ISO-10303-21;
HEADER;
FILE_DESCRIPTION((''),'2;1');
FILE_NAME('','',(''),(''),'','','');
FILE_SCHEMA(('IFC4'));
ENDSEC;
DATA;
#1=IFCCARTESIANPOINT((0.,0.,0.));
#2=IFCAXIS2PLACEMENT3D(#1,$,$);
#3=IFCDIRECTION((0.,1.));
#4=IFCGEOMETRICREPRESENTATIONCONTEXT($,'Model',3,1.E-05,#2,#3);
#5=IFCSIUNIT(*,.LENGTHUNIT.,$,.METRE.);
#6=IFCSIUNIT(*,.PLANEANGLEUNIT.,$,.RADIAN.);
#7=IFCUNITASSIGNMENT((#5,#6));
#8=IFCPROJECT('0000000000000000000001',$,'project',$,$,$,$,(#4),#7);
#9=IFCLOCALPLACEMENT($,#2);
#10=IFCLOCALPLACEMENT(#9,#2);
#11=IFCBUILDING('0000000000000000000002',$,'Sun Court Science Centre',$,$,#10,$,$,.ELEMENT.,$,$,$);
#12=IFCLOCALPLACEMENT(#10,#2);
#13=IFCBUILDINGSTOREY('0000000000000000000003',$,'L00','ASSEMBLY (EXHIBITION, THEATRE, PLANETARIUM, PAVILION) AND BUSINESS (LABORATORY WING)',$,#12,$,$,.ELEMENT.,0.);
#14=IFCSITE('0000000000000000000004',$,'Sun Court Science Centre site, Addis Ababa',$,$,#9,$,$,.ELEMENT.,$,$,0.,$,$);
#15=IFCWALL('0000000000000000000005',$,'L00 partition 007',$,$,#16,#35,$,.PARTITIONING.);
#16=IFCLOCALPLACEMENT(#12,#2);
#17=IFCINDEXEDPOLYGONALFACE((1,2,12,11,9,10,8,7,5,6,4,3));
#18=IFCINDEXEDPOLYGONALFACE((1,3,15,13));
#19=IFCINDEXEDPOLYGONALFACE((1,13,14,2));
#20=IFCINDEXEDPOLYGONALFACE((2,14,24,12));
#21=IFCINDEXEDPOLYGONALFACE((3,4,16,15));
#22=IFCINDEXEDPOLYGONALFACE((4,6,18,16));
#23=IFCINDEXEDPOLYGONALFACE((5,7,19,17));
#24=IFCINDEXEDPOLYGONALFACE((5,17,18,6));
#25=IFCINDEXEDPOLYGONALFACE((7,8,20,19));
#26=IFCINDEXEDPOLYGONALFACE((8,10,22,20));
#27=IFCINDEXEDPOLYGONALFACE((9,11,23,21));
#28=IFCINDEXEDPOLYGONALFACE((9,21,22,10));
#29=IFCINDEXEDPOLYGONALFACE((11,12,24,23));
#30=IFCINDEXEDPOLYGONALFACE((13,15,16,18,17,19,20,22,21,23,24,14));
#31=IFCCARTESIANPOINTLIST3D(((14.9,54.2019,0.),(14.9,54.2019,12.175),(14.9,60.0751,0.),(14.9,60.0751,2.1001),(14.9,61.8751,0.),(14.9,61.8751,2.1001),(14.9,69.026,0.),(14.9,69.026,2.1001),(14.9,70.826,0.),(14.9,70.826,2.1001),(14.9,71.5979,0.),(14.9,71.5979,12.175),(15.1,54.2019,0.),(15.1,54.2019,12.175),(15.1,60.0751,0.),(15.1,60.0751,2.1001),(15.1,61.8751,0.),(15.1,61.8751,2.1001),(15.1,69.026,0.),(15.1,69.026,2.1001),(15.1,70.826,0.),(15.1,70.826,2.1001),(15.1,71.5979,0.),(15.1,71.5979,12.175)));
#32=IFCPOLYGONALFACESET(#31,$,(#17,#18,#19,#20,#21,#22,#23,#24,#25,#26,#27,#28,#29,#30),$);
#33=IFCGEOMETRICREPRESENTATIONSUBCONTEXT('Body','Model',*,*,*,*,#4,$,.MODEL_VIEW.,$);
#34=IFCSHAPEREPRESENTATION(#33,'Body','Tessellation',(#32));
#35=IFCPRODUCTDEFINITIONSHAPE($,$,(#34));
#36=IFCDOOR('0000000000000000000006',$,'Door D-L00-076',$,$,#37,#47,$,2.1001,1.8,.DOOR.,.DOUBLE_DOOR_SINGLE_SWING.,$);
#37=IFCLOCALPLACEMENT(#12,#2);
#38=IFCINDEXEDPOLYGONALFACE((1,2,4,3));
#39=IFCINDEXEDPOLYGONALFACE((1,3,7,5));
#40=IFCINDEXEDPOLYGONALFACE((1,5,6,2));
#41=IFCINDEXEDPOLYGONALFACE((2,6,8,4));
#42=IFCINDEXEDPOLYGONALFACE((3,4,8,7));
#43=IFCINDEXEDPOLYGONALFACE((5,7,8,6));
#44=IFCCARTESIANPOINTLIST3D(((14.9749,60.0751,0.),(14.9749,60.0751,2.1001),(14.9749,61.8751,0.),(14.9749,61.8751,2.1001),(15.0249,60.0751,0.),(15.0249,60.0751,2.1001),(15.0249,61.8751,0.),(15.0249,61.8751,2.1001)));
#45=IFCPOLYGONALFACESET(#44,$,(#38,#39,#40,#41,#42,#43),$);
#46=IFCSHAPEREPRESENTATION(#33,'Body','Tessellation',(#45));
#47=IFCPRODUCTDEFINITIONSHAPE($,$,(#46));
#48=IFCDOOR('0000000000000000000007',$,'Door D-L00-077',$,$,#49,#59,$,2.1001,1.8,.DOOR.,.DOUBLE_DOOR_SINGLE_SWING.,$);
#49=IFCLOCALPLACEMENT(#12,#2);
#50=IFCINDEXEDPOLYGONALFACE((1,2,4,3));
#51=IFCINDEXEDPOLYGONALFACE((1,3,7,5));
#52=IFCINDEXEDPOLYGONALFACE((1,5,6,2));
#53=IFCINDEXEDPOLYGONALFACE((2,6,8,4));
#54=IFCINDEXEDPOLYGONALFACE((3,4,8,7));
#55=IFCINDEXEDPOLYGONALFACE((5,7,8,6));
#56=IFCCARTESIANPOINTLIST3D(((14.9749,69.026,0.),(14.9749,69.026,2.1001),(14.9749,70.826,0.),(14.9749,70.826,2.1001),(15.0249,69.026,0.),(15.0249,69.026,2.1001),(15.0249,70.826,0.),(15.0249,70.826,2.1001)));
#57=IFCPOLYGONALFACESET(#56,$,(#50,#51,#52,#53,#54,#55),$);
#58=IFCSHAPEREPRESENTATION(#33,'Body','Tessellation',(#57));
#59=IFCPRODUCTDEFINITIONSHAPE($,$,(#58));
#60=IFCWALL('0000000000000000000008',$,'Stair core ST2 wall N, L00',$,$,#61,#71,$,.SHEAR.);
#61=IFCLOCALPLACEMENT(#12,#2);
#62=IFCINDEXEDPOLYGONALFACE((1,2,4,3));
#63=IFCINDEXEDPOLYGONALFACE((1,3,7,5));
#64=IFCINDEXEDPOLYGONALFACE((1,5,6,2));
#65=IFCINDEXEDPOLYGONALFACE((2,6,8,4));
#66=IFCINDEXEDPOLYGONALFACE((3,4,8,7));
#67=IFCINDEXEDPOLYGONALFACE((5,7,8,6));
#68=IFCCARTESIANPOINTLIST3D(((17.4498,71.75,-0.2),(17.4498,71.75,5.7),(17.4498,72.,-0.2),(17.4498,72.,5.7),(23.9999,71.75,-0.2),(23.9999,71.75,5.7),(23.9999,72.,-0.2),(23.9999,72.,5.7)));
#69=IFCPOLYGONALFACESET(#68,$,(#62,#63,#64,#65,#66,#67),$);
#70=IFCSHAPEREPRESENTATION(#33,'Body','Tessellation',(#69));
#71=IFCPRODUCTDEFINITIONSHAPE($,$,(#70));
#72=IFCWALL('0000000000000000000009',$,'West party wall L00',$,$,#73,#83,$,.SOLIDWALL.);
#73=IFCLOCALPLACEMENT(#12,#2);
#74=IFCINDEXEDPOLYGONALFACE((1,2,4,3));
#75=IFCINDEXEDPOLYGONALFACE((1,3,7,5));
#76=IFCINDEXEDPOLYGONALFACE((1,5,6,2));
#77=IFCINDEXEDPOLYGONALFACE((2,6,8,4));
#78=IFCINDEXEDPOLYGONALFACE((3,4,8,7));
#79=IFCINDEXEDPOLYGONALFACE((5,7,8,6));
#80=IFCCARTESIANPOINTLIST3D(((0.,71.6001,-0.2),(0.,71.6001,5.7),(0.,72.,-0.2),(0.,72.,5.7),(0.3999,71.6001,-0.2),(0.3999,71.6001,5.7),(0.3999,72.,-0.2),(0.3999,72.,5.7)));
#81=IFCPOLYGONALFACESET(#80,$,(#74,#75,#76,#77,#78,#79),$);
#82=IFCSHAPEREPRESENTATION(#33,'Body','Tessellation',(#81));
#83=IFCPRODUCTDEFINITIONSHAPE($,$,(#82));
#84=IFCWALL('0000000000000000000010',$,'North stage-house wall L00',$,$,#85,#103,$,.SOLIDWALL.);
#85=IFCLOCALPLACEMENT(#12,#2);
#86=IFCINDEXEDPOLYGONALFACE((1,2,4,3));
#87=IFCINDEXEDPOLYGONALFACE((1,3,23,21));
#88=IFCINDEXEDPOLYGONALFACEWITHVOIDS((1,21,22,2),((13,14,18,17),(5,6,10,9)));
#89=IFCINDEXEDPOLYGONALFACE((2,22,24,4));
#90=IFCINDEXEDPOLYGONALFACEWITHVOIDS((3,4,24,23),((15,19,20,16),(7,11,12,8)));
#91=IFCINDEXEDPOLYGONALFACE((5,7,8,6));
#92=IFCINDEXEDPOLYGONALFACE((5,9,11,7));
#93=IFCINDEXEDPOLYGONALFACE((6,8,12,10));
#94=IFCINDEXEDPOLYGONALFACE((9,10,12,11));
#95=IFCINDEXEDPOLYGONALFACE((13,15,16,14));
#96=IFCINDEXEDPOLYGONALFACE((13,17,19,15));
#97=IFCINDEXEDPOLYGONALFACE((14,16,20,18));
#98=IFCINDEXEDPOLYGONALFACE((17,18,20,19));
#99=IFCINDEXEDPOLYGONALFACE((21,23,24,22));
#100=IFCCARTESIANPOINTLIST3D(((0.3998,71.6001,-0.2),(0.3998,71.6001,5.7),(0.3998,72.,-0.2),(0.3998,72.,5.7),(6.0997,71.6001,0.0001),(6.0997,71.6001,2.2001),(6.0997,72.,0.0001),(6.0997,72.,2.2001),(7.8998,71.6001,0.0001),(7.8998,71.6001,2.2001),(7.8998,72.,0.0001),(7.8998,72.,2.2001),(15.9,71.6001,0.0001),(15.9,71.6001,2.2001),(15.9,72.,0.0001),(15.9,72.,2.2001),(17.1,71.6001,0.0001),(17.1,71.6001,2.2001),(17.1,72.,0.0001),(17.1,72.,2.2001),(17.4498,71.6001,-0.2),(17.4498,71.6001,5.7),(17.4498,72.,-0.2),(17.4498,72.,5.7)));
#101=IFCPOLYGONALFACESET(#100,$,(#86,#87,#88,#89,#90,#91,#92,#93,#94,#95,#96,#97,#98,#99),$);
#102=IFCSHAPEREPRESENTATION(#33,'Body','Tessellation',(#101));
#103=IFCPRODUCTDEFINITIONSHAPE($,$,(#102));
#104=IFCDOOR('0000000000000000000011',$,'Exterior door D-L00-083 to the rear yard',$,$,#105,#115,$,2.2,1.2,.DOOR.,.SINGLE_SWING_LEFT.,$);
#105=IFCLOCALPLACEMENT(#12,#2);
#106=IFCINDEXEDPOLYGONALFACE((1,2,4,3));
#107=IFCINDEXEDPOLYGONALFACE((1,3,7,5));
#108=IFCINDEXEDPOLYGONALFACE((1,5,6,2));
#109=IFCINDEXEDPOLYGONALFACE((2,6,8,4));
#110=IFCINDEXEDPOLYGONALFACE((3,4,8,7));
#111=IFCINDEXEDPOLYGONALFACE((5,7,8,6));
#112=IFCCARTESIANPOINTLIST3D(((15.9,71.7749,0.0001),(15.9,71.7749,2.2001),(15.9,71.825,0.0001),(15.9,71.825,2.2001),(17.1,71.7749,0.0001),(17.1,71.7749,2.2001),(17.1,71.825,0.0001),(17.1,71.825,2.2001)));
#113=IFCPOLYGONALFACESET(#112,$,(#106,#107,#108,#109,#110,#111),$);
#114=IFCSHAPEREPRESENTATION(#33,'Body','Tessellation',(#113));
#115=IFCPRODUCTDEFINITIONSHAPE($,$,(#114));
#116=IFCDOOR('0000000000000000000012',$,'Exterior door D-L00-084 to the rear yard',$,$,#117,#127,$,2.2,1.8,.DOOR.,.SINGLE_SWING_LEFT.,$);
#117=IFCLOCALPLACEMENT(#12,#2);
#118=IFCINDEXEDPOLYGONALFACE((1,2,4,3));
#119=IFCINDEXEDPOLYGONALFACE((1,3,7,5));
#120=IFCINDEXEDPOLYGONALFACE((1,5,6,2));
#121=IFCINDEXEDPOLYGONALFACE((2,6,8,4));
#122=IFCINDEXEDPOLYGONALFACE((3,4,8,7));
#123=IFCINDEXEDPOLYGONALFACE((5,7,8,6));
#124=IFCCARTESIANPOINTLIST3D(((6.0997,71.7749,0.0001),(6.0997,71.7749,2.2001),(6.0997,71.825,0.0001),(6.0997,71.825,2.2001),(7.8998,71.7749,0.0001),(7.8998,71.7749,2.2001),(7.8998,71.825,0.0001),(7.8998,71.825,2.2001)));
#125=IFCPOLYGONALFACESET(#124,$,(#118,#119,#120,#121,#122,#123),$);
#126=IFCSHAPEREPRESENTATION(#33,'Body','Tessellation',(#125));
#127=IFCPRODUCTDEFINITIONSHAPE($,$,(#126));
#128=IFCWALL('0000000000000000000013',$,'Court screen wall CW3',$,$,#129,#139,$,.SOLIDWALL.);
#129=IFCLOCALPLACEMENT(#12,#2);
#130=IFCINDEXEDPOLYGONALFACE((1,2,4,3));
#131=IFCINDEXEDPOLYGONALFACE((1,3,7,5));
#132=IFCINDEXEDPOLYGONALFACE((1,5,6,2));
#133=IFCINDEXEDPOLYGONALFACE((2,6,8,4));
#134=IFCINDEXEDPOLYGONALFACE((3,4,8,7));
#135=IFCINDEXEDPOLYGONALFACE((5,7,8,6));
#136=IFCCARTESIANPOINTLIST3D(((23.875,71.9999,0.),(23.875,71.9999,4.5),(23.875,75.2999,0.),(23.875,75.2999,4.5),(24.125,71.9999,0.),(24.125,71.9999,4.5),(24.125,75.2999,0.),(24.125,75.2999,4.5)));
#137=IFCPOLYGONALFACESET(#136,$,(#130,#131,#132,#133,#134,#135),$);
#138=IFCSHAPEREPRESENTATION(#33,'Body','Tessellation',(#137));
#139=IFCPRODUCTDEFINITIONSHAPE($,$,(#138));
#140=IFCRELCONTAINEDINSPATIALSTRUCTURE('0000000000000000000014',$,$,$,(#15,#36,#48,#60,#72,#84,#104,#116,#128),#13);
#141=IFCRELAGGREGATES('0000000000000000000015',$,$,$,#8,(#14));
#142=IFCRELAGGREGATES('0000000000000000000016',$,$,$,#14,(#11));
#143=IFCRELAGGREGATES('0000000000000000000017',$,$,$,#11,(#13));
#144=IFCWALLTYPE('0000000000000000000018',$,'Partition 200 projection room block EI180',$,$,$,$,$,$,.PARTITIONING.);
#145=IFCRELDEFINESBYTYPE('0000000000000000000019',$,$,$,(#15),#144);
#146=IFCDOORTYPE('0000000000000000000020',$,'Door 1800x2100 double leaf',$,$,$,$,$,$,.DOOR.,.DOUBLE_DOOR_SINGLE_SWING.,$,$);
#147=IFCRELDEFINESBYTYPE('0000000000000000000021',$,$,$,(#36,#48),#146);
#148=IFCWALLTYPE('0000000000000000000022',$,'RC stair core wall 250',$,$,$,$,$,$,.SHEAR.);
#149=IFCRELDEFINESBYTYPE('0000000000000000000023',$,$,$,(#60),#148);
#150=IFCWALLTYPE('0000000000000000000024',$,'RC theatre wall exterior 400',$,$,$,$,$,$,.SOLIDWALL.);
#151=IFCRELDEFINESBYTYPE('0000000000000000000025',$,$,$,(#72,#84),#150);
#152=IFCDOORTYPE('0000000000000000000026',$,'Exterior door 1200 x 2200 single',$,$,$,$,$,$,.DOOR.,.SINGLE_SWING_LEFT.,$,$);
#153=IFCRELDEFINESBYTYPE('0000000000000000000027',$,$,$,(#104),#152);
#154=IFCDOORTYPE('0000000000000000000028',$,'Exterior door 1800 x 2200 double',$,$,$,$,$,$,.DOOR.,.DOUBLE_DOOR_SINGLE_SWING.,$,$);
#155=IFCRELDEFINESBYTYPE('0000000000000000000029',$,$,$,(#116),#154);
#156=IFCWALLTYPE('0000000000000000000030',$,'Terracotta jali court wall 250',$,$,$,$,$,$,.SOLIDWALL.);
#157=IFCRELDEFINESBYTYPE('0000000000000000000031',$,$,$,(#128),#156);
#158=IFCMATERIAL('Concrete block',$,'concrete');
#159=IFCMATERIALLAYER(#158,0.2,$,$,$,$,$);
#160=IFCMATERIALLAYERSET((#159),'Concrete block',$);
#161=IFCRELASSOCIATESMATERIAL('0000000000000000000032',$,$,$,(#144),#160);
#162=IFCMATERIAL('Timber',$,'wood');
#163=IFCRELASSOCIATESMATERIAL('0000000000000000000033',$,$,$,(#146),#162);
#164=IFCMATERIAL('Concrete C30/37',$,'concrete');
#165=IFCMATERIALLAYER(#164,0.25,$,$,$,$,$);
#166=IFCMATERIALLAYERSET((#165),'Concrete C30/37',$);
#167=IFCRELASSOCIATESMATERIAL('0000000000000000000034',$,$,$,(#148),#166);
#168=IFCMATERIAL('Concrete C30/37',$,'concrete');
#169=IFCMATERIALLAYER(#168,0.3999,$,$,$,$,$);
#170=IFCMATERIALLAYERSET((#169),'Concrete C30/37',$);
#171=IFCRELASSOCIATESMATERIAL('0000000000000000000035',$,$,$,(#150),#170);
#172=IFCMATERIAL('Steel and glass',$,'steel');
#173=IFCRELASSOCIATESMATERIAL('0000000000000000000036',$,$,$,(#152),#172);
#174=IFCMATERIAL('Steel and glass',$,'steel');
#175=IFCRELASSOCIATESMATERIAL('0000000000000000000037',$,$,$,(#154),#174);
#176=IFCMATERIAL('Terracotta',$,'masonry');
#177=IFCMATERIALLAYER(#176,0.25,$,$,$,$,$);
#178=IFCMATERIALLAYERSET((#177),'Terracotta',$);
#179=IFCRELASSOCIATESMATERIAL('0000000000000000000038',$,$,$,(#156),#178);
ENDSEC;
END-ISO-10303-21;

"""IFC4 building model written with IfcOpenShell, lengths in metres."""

from ifc_helpers import new_model, si_unit, direction, frame, frame_2d, origin, place, context, subcontext, project, spatial, rectangle, extrude, material, layer, layer_set, type_object, element, fill, save


model = new_model("IFC4")

# Units and contexts
model_context = context("Model", 3, precision=1e-05, world=origin(), true_north=direction((0.0, 1.0)))
body_context = subcontext(model_context, "Body", "Model", "MODEL_VIEW")
ifc_project = project(units=[si_unit("LENGTHUNIT", "METRE"), si_unit("PLANEANGLEUNIT", "RADIAN")], contexts=[model_context])

# Site, building, storey
site_placement = place(None, origin())
site = spatial("IfcSite", under=ifc_project, at=site_placement, Name="Sun Court Science Centre site, Addis Ababa", CompositionType="ELEMENT", RefElevation=0.0)
building_placement = place(site_placement, origin())
building = spatial("IfcBuilding", under=site, at=building_placement, Name="Sun Court Science Centre", CompositionType="ELEMENT")
storey_placement = place(building_placement, origin())
storey = spatial("IfcBuildingStorey", under=building, at=storey_placement, Name="L00", Description="ASSEMBLY (EXHIBITION, THEATRE, PLANETARIUM, PAVILION) AND BUSINESS (LABORATORY WING)", CompositionType="ELEMENT", Elevation=0.0)

# Wall, openings, doors
ifc_material_1 = material(Name="Concrete block", Category="concrete")
ifc_layer_1 = layer(ifc_material_1, 0.2)
ifc_layer_set_1 = layer_set([ifc_layer_1], Name="Concrete block")
wall_type_1 = type_object("IfcWallType", Name="Partition 200 projection room block EI180", PredefinedType="PARTITIONING", material=ifc_layer_set_1)
wall_1_placement = place(storey_placement, frame((15.0, 71.5979, 0.0), z_axis=(0.0, 0.0, 1.0), x_axis=(0.0, -1.0, 0.0)))
wall_1 = element("IfcWall", 1, at=wall_1_placement, inside=storey, type_object=wall_type_1, Name="L00 partition 007", PredefinedType="PARTITIONING", context=body_context, shape_type="SweptSolid", body=[
    extrude(rectangle(XDim=17.396, YDim=0.2, at=frame_2d((8.698, 0.0))), origin(), (0.0, 0.0, 1.0), 12.175),
])
opening_1_placement = place(wall_1_placement, frame((9.7229, 0.0, 0.0)))
opening_1 = element("IfcOpeningElement", 2, at=opening_1_placement, cuts=wall_1, PredefinedType="OPENING", context=body_context, shape_type="SweptSolid", body=[
    extrude(rectangle(XDim=1.8, YDim=2.1001, at=frame_2d((0.8999, 1.05))), frame((0.0, 0.1099, 0.0), z_axis=(0.0, -1.0, 0.0), x_axis=(1.0, 0.0, 0.0)), (0.0, 0.0, 1.0), 0.22),
])
opening_2_placement = place(wall_1_placement, frame((0.772, 0.0, 0.0)))
opening_2 = element("IfcOpeningElement", 3, at=opening_2_placement, cuts=wall_1, PredefinedType="OPENING", context=body_context, shape_type="SweptSolid", body=[
    extrude(rectangle(XDim=1.8, YDim=2.1001, at=frame_2d((0.8999, 1.05))), frame((0.0, 0.1099, 0.0), z_axis=(0.0, -1.0, 0.0), x_axis=(1.0, 0.0, 0.0)), (0.0, 0.0, 1.0), 0.22),
])
ifc_material_2 = material(Name="Timber", Category="wood")
door_type_1 = type_object("IfcDoorType", Name="Door 1800x2100 double leaf", OperationType="DOUBLE_DOOR_SINGLE_SWING", PredefinedType="DOOR", material=ifc_material_2)
door_1_placement = place(opening_1_placement, origin())
door_1 = element("IfcDoor", 4, at=door_1_placement, inside=storey, type_object=door_type_1, Name="Door D-L00-076", OperationType="DOUBLE_DOOR_SINGLE_SWING", OverallHeight=2.1001, OverallWidth=1.8, PredefinedType="DOOR", context=body_context, shape_type="SweptSolid", body=[
    extrude(rectangle(XDim=1.8, YDim=2.1001, at=frame_2d((0.8999, 1.05))), frame((0.0, 0.0249, 0.0), z_axis=(0.0, -1.0, 0.0), x_axis=(1.0, 0.0, 0.0)), (0.0, 0.0, 1.0), 0.05),
])
fill(opening_1, door_1)
door_2_placement = place(opening_2_placement, origin())
door_2 = element("IfcDoor", 5, at=door_2_placement, inside=storey, type_object=door_type_1, Name="Door D-L00-077", OperationType="DOUBLE_DOOR_SINGLE_SWING", OverallHeight=2.1001, OverallWidth=1.8, PredefinedType="DOOR", context=body_context, shape_type="SweptSolid", body=[
    extrude(rectangle(XDim=1.8, YDim=2.1001, at=frame_2d((0.8999, 1.05))), frame((0.0, 0.0249, 0.0), z_axis=(0.0, -1.0, 0.0), x_axis=(1.0, 0.0, 0.0)), (0.0, 0.0, 1.0), 0.05),
])
fill(opening_2, door_2)

# Walls
ifc_material_3 = material(Name="Concrete C30/37", Category="concrete")
ifc_layer_2 = layer(ifc_material_3, 0.25)
ifc_layer_set_2 = layer_set([ifc_layer_2], Name="Concrete C30/37")
wall_type_2 = type_object("IfcWallType", Name="RC stair core wall 250", PredefinedType="SHEAR", material=ifc_layer_set_2)
wall_2_placement = place(storey_placement, frame((17.45, 71.875, -0.2), z_axis=(0.0, 0.0, 1.0), x_axis=(1.0, 0.0, 0.0)))
element("IfcWall", 6, at=wall_2_placement, inside=storey, type_object=wall_type_2, Name="Stair core ST2 wall N, L00", PredefinedType="SHEAR", context=body_context, shape_type="SweptSolid", body=[
    extrude(rectangle(XDim=6.55, YDim=0.25, at=frame_2d((3.2749, 0.0))), origin(), (0.0, 0.0, 1.0), 5.8999),
])
ifc_material_4 = material(Name="Concrete C30/37", Category="concrete")
ifc_layer_3 = layer(ifc_material_4, 0.3999)
ifc_layer_set_3 = layer_set([ifc_layer_3], Name="Concrete C30/37")
wall_type_3 = type_object("IfcWallType", Name="RC theatre wall exterior 400", PredefinedType="SOLIDWALL", material=ifc_layer_set_3)
wall_3_placement = place(storey_placement, frame((0.2, 71.6001, -0.2), z_axis=(0.0, 0.0, 1.0), x_axis=(0.0, 1.0, 0.0)))
element("IfcWall", 7, at=wall_3_placement, inside=storey, type_object=wall_type_3, Name="West party wall L00", PredefinedType="SOLIDWALL", context=body_context, shape_type="SweptSolid", body=[
    extrude(rectangle(XDim=0.3999, YDim=0.3999, at=frame_2d((0.2, 0.0))), origin(), (0.0, 0.0, 1.0), 5.8999),
])

# Wall, openings, doors
wall_4_placement = place(storey_placement, frame((0.3999, 71.8, -0.2), z_axis=(0.0, 0.0, 1.0), x_axis=(1.0, 0.0, 0.0)))
wall_4 = element("IfcWall", 8, at=wall_4_placement, inside=storey, type_object=wall_type_3, Name="North stage-house wall L00", PredefinedType="SOLIDWALL", context=body_context, shape_type="SweptSolid", body=[
    extrude(rectangle(XDim=17.05, YDim=0.3999, at=frame_2d((8.5249, 0.0))), origin(), (0.0, 0.0, 1.0), 5.8999),
])
opening_3_placement = place(wall_4_placement, frame((15.5, 0.0, 0.2)))
opening_3 = element("IfcOpeningElement", 9, at=opening_3_placement, cuts=wall_4, PredefinedType="OPENING", context=body_context, shape_type="SweptSolid", body=[
    extrude(rectangle(XDim=1.2, YDim=2.2, at=frame_2d((0.6001, 1.1001))), frame((0.0, 0.21, 0.0), z_axis=(0.0, -1.0, 0.0), x_axis=(1.0, 0.0, 0.0)), (0.0, 0.0, 1.0), 0.4199),
])
opening_4_placement = place(wall_4_placement, frame((5.7, 0.0, 0.2)))
opening_4 = element("IfcOpeningElement", 10, at=opening_4_placement, cuts=wall_4, PredefinedType="OPENING", context=body_context, shape_type="SweptSolid", body=[
    extrude(rectangle(XDim=1.8, YDim=2.2, at=frame_2d((0.8999, 1.1001))), frame((0.0, 0.21, 0.0), z_axis=(0.0, -1.0, 0.0), x_axis=(1.0, 0.0, 0.0)), (0.0, 0.0, 1.0), 0.4199),
])
ifc_material_5 = material(Name="Steel and glass", Category="steel")
door_type_2 = type_object("IfcDoorType", Name="Exterior door 1200 x 2200 single", OperationType="SINGLE_SWING_LEFT", PredefinedType="DOOR", material=ifc_material_5)
door_3_placement = place(opening_3_placement, origin())
door_3 = element("IfcDoor", 11, at=door_3_placement, inside=storey, type_object=door_type_2, Name="Exterior door D-L00-083 to the rear yard", OperationType="SINGLE_SWING_LEFT", OverallHeight=2.2, OverallWidth=1.2, PredefinedType="DOOR", context=body_context, shape_type="SweptSolid", body=[
    extrude(rectangle(XDim=1.2, YDim=2.2, at=frame_2d((0.6001, 1.1001))), frame((0.0, 0.0249, 0.0), z_axis=(0.0, -1.0, 0.0), x_axis=(1.0, 0.0, 0.0)), (0.0, 0.0, 1.0), 0.05),
])
fill(opening_3, door_3)
ifc_material_6 = material(Name="Steel and glass", Category="steel")
door_type_3 = type_object("IfcDoorType", Name="Exterior door 1800 x 2200 double", OperationType="DOUBLE_DOOR_SINGLE_SWING", PredefinedType="DOOR", material=ifc_material_6)
door_4_placement = place(opening_4_placement, origin())
door_4 = element("IfcDoor", 12, at=door_4_placement, inside=storey, type_object=door_type_3, Name="Exterior door D-L00-084 to the rear yard", OperationType="SINGLE_SWING_LEFT", OverallHeight=2.2, OverallWidth=1.8, PredefinedType="DOOR", context=body_context, shape_type="SweptSolid", body=[
    extrude(rectangle(XDim=1.8, YDim=2.2, at=frame_2d((0.8999, 1.1001))), frame((0.0, 0.0249, 0.0), z_axis=(0.0, -1.0, 0.0), x_axis=(1.0, 0.0, 0.0)), (0.0, 0.0, 1.0), 0.05),
])
fill(opening_4, door_4)

# Wall
ifc_material_7 = material(Name="Terracotta", Category="masonry")
ifc_layer_4 = layer(ifc_material_7, 0.25)
ifc_layer_set_4 = layer_set([ifc_layer_4], Name="Terracotta")
wall_type_4 = type_object("IfcWallType", Name="Terracotta jali court wall 250", PredefinedType="SOLIDWALL", material=ifc_layer_set_4)
wall_5_placement = place(storey_placement, frame((24.0, 72.0, 0.0), z_axis=(0.0, 0.0, 1.0), x_axis=(0.0, 1.0, 0.0)))
element("IfcWall", 13, at=wall_5_placement, inside=storey, type_object=wall_type_4, Name="Court screen wall CW3", PredefinedType="SOLIDWALL", context=body_context, shape_type="SweptSolid", body=[
    extrude(rectangle(XDim=3.3, YDim=0.25, at=frame_2d((1.6499, 0.0))), origin(), (0.0, 0.0, 1.0), 4.5),
])

save(model, "model.ifc")
